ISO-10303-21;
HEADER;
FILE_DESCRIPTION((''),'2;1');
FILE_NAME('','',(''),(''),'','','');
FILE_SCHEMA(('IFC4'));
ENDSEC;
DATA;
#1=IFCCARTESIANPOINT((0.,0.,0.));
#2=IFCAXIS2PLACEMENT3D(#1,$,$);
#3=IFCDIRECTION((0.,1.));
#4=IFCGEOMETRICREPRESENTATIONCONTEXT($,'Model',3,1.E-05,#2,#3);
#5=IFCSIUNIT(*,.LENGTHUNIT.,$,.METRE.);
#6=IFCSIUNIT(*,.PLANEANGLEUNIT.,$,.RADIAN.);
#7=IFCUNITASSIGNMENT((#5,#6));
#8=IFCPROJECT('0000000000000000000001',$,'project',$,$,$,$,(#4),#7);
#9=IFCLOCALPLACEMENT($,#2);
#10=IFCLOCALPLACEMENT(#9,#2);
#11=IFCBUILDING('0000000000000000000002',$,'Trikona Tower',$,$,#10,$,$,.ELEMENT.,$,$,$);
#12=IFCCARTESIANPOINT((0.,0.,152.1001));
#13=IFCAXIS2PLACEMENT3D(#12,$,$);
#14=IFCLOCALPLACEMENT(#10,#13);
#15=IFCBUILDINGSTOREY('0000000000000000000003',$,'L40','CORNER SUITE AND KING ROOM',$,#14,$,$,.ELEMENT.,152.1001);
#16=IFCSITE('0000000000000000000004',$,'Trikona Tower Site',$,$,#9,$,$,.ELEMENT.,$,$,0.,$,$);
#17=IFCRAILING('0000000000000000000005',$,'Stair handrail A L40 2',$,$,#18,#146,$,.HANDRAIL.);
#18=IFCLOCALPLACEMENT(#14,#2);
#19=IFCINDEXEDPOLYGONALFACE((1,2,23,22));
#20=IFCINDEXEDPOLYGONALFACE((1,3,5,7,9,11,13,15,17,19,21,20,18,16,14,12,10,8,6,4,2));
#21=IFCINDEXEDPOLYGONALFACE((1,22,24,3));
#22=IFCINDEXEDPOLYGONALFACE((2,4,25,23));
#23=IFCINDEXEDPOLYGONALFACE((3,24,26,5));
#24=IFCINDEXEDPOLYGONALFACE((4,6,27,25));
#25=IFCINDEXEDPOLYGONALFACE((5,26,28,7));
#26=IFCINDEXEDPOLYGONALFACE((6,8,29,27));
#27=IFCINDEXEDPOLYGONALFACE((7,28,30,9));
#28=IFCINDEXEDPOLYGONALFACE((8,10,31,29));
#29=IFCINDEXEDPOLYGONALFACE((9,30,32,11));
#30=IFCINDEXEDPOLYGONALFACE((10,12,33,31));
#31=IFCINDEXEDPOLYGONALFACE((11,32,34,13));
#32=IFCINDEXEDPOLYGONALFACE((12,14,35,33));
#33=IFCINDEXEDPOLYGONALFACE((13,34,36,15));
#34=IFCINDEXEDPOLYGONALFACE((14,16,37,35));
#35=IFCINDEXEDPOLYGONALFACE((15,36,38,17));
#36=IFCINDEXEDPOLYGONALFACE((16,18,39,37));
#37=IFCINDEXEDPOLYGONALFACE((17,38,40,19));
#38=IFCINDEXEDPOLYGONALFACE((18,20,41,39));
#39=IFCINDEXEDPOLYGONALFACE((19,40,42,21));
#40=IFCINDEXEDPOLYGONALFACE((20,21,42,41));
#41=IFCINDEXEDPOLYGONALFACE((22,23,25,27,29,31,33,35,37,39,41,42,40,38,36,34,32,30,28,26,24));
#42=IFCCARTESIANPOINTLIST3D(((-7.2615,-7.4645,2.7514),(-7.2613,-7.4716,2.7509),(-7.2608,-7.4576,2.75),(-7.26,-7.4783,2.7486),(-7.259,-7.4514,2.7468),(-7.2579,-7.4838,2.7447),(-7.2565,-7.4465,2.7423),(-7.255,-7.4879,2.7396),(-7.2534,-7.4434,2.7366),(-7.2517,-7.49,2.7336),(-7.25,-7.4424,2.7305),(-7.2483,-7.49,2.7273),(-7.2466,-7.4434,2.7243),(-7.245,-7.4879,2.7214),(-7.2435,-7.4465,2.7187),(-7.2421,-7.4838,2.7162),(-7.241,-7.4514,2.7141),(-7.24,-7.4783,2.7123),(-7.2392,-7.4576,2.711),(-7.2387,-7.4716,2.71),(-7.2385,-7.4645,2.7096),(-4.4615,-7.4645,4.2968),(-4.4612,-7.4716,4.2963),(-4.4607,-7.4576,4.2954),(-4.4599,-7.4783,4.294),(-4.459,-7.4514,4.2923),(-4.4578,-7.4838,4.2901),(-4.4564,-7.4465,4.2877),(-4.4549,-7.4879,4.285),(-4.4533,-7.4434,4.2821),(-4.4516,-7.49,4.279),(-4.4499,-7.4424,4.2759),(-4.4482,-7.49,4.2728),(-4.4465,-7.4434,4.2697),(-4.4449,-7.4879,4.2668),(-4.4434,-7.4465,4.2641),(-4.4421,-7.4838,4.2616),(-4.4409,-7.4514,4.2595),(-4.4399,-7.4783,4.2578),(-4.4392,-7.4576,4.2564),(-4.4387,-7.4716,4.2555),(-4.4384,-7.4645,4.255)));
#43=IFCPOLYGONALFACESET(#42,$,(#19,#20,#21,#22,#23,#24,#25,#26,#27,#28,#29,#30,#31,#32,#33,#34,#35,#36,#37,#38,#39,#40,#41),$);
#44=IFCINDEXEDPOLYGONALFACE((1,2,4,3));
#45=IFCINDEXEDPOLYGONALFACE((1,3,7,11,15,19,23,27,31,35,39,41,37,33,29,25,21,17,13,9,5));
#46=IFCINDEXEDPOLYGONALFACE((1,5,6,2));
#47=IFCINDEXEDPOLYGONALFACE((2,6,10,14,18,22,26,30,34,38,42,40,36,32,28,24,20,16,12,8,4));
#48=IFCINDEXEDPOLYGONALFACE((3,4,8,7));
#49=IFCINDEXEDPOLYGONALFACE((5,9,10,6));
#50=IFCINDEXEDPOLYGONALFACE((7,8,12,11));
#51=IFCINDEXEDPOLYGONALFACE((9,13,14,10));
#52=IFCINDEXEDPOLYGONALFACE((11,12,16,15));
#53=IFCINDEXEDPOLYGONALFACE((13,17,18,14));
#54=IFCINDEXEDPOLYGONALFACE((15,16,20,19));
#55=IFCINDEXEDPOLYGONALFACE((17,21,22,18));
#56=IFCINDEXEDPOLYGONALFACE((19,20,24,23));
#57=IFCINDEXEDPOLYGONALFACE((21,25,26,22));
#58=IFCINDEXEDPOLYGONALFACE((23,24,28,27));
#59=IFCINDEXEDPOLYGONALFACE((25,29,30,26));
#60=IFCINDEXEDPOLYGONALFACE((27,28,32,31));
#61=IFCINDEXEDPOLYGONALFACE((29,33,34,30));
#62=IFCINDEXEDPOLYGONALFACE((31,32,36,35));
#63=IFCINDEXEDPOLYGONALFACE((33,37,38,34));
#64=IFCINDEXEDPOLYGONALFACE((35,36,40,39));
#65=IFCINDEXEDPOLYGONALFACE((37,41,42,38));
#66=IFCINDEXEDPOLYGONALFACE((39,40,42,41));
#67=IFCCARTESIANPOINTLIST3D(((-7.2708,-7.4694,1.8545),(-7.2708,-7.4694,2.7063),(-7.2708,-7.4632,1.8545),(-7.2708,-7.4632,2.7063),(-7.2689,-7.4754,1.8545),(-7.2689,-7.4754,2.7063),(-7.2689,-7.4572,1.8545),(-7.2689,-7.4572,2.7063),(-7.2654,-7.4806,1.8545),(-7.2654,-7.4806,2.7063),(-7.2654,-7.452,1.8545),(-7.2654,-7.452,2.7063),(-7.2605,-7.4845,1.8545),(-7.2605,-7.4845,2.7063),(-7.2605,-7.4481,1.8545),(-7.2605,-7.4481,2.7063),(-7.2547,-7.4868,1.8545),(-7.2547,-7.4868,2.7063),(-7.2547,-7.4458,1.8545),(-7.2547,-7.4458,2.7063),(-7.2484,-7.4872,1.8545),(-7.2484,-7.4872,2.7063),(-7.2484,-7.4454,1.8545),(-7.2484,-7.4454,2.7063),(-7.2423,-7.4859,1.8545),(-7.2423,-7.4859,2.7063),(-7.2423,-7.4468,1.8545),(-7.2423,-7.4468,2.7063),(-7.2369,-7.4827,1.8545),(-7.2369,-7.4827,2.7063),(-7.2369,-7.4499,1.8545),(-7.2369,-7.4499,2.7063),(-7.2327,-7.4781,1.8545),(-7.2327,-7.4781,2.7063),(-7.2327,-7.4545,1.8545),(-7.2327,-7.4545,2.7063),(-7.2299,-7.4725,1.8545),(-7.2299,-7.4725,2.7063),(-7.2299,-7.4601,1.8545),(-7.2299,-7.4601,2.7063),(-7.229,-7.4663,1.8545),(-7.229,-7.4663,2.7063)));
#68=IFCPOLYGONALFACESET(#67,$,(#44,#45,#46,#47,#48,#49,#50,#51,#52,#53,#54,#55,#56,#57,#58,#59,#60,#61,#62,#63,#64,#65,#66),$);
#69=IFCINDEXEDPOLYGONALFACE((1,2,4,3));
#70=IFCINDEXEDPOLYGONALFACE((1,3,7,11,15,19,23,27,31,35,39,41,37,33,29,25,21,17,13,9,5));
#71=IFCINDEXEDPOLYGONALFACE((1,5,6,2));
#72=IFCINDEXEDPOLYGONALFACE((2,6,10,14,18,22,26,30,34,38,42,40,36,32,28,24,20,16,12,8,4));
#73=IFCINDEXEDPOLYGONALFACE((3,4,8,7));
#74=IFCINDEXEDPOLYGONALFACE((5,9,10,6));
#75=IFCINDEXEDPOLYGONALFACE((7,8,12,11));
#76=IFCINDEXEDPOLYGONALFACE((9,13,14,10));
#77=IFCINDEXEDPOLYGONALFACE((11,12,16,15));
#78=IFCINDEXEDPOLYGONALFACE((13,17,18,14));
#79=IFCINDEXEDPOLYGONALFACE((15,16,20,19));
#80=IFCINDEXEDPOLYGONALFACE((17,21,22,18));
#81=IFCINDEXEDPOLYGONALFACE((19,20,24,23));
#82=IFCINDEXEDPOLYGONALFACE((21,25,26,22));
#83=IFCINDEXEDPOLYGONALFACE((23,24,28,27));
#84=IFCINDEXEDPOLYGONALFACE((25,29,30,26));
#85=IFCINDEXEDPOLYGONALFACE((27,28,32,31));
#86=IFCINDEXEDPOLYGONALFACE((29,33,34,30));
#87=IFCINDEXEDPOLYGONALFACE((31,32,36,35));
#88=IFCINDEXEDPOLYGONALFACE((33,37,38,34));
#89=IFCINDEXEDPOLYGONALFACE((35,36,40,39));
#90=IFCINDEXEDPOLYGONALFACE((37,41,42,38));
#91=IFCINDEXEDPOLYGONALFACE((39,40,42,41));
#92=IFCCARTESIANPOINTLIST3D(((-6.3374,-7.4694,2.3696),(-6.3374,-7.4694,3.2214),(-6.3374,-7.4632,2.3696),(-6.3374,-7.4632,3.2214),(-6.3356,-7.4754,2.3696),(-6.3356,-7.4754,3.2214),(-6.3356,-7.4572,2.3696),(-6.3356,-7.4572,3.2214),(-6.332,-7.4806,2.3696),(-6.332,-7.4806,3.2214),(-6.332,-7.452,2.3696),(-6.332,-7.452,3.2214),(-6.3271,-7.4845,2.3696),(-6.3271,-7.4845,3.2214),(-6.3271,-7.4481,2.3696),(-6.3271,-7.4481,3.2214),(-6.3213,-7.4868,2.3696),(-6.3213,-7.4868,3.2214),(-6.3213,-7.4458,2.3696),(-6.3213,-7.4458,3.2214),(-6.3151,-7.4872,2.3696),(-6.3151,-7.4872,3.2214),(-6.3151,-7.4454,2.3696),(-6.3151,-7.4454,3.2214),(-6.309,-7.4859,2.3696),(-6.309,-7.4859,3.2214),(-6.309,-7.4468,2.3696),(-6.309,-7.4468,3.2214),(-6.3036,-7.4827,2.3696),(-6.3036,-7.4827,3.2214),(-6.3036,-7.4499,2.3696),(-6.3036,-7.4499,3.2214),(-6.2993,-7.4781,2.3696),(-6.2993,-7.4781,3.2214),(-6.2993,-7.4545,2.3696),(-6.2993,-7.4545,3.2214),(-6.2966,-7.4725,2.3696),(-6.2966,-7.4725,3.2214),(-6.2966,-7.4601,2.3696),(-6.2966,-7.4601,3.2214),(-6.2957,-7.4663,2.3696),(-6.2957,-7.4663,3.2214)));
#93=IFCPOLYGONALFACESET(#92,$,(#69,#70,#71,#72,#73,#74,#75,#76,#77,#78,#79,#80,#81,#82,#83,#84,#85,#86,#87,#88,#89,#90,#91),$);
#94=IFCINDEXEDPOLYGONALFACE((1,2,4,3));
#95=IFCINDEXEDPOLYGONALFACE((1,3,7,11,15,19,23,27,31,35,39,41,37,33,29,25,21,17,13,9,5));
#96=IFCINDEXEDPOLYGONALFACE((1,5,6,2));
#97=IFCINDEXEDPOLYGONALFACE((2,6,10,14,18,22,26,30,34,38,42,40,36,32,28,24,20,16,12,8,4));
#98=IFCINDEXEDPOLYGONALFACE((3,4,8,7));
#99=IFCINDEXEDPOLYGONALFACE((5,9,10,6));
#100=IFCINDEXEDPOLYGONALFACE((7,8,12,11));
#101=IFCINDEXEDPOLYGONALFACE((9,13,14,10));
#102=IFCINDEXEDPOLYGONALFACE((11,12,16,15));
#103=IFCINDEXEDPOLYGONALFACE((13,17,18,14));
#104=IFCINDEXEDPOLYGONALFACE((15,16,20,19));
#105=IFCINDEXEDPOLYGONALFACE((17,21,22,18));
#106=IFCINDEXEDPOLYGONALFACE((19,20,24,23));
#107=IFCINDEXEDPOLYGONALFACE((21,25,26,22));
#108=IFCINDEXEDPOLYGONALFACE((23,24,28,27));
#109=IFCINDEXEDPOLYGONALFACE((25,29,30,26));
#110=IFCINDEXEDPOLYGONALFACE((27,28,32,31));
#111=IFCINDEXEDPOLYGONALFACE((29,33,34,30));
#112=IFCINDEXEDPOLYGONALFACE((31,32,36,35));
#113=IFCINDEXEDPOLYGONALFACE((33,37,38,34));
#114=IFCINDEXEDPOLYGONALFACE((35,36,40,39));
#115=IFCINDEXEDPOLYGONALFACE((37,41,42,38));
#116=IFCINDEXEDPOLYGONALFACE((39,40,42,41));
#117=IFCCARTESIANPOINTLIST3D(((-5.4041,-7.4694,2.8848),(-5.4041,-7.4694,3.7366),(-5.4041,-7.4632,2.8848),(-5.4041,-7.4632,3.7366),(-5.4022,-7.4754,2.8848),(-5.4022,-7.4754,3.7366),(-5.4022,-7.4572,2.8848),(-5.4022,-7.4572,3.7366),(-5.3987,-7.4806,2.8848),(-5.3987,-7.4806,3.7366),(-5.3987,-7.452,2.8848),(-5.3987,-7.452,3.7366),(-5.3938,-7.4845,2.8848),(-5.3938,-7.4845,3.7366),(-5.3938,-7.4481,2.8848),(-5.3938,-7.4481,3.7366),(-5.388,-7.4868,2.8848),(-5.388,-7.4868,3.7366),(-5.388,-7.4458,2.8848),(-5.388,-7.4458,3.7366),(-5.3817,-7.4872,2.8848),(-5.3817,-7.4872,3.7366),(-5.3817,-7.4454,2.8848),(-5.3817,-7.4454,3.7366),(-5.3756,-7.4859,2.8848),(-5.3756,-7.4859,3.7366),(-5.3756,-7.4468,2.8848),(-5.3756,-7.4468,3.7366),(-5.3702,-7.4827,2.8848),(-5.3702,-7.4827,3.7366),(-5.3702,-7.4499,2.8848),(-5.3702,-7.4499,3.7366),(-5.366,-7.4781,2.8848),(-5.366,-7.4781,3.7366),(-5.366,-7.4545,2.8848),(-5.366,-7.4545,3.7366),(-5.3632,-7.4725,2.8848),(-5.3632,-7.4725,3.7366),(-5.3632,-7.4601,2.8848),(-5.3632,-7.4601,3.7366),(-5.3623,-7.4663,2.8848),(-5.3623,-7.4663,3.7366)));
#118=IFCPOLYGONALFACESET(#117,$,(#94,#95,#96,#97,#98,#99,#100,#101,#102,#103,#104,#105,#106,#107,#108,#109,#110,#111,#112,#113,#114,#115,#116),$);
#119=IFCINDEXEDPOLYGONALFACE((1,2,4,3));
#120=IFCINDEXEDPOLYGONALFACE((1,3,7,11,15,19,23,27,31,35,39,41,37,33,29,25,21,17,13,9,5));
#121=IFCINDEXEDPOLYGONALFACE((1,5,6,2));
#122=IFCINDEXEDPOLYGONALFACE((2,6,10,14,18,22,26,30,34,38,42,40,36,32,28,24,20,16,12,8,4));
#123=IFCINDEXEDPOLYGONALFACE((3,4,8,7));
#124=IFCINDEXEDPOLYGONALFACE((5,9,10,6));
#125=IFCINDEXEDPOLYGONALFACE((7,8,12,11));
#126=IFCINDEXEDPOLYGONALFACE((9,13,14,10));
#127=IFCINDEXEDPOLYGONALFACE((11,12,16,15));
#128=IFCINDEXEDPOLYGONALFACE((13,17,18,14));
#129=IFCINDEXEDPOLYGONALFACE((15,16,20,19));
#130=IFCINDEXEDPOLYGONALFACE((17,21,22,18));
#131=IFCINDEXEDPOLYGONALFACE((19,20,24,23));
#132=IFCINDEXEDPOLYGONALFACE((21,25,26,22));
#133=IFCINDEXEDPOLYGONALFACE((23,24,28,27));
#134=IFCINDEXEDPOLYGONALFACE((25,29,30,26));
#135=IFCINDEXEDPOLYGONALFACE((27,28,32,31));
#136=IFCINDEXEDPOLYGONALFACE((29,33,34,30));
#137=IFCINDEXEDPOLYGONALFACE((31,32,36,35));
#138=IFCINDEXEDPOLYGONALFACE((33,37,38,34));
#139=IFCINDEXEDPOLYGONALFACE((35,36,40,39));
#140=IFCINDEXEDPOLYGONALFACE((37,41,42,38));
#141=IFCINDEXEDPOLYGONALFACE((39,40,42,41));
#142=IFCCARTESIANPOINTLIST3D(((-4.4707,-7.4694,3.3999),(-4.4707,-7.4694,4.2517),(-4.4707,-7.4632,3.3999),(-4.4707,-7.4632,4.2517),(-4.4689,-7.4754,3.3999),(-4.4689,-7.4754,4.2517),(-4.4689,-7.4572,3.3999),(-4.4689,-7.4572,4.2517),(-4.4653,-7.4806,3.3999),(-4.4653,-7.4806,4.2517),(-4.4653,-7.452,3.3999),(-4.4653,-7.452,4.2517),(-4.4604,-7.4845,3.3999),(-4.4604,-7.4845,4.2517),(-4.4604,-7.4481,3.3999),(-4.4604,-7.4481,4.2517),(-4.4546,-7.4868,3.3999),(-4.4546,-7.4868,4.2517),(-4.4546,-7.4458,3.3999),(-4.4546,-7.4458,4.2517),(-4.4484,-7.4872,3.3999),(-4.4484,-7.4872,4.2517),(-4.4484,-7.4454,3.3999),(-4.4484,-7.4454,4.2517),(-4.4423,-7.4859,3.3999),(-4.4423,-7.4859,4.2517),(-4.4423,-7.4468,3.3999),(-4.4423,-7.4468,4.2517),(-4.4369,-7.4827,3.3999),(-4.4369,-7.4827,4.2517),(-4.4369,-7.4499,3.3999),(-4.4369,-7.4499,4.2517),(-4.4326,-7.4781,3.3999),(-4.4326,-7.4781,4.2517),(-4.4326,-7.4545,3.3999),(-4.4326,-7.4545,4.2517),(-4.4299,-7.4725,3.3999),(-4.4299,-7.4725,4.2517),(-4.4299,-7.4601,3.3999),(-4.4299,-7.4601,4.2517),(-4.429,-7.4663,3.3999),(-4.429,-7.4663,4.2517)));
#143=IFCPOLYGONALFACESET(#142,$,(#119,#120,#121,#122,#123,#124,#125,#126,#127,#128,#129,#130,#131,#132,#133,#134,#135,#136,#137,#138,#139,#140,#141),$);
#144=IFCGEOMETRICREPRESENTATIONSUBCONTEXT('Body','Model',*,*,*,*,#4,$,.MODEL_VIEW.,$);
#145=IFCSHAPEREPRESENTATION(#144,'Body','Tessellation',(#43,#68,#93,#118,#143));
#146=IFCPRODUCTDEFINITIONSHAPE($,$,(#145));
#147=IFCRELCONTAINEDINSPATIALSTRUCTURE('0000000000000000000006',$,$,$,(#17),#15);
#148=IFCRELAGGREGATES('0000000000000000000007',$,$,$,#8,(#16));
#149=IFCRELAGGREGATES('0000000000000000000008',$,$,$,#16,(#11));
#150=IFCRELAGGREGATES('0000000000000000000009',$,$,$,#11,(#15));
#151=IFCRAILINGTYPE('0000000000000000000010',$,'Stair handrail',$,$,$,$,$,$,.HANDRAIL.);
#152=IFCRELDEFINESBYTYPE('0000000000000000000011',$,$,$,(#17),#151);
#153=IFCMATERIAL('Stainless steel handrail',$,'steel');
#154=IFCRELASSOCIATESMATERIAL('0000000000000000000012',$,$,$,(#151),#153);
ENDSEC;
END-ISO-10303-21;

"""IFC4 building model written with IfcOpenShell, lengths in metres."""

from ifc_helpers import new_model, si_unit, direction, frame, origin, origin_2d, place, context, subcontext, project, spatial, circle, extrude, material, type_object, element, save


model = new_model("IFC4")

# Units and contexts
model_context = context("Model", 3, precision=1e-05, world=origin(), true_north=direction((0.0, 1.0)))
body_context = subcontext(model_context, "Body", "Model", "MODEL_VIEW")
ifc_project = project(units=[si_unit("LENGTHUNIT", "METRE"), si_unit("PLANEANGLEUNIT", "RADIAN")], contexts=[model_context])

# Site, building, storey
site_placement = place(None, origin())
site = spatial("IfcSite", under=ifc_project, at=site_placement, Name="Trikona Tower Site", CompositionType="ELEMENT", RefElevation=0.0)
building_placement = place(site_placement, origin())
building = spatial("IfcBuilding", under=site, at=building_placement, Name="Trikona Tower", CompositionType="ELEMENT")
storey_placement = place(building_placement, frame((0.0, 0.0, 152.1001)))
storey = spatial("IfcBuildingStorey", under=building, at=storey_placement, Name="L40", Description="CORNER SUITE AND KING ROOM", CompositionType="ELEMENT", Elevation=152.1001)

# Railing
ifc_material_1 = material(Name="Stainless steel handrail", Category="steel")
railing_type = type_object("IfcRailingType", Name="Stair handrail", PredefinedType="HANDRAIL", material=ifc_material_1)
railing_1_placement = place(storey_placement, frame((-7.25, -7.4663, 1.8545)))
element("IfcRailing", 1, at=railing_1_placement, inside=storey, type_object=railing_type, Name="Stair handrail A L40 2", PredefinedType="HANDRAIL", context=body_context, shape_type="SweptSolid", body=[
    extrude(circle(Radius=0.0239, at=origin_2d()), frame((0.0, 0.0, 0.876), z_axis=(0.875504, 0.0, 0.483211), x_axis=(0.0, 1.0, 0.0)), (0.0, 0.0, 1.0), 3.1982),
    extrude(circle(Radius=0.021, at=origin_2d()), origin(), (0.0, 0.0, 1.0), 0.8518),
    extrude(circle(Radius=0.021, at=origin_2d()), frame((0.9333, 0.0, 0.5151)), (0.0, 0.0, 1.0), 0.8518),
    extrude(circle(Radius=0.021, at=origin_2d()), frame((1.8667, 0.0, 1.0303)), (0.0, 0.0, 1.0), 0.8518),
    extrude(circle(Radius=0.021, at=origin_2d()), frame((2.8, 0.0, 1.5454)), (0.0, 0.0, 1.0), 0.8518),
])

save(model, "model.ifc")
